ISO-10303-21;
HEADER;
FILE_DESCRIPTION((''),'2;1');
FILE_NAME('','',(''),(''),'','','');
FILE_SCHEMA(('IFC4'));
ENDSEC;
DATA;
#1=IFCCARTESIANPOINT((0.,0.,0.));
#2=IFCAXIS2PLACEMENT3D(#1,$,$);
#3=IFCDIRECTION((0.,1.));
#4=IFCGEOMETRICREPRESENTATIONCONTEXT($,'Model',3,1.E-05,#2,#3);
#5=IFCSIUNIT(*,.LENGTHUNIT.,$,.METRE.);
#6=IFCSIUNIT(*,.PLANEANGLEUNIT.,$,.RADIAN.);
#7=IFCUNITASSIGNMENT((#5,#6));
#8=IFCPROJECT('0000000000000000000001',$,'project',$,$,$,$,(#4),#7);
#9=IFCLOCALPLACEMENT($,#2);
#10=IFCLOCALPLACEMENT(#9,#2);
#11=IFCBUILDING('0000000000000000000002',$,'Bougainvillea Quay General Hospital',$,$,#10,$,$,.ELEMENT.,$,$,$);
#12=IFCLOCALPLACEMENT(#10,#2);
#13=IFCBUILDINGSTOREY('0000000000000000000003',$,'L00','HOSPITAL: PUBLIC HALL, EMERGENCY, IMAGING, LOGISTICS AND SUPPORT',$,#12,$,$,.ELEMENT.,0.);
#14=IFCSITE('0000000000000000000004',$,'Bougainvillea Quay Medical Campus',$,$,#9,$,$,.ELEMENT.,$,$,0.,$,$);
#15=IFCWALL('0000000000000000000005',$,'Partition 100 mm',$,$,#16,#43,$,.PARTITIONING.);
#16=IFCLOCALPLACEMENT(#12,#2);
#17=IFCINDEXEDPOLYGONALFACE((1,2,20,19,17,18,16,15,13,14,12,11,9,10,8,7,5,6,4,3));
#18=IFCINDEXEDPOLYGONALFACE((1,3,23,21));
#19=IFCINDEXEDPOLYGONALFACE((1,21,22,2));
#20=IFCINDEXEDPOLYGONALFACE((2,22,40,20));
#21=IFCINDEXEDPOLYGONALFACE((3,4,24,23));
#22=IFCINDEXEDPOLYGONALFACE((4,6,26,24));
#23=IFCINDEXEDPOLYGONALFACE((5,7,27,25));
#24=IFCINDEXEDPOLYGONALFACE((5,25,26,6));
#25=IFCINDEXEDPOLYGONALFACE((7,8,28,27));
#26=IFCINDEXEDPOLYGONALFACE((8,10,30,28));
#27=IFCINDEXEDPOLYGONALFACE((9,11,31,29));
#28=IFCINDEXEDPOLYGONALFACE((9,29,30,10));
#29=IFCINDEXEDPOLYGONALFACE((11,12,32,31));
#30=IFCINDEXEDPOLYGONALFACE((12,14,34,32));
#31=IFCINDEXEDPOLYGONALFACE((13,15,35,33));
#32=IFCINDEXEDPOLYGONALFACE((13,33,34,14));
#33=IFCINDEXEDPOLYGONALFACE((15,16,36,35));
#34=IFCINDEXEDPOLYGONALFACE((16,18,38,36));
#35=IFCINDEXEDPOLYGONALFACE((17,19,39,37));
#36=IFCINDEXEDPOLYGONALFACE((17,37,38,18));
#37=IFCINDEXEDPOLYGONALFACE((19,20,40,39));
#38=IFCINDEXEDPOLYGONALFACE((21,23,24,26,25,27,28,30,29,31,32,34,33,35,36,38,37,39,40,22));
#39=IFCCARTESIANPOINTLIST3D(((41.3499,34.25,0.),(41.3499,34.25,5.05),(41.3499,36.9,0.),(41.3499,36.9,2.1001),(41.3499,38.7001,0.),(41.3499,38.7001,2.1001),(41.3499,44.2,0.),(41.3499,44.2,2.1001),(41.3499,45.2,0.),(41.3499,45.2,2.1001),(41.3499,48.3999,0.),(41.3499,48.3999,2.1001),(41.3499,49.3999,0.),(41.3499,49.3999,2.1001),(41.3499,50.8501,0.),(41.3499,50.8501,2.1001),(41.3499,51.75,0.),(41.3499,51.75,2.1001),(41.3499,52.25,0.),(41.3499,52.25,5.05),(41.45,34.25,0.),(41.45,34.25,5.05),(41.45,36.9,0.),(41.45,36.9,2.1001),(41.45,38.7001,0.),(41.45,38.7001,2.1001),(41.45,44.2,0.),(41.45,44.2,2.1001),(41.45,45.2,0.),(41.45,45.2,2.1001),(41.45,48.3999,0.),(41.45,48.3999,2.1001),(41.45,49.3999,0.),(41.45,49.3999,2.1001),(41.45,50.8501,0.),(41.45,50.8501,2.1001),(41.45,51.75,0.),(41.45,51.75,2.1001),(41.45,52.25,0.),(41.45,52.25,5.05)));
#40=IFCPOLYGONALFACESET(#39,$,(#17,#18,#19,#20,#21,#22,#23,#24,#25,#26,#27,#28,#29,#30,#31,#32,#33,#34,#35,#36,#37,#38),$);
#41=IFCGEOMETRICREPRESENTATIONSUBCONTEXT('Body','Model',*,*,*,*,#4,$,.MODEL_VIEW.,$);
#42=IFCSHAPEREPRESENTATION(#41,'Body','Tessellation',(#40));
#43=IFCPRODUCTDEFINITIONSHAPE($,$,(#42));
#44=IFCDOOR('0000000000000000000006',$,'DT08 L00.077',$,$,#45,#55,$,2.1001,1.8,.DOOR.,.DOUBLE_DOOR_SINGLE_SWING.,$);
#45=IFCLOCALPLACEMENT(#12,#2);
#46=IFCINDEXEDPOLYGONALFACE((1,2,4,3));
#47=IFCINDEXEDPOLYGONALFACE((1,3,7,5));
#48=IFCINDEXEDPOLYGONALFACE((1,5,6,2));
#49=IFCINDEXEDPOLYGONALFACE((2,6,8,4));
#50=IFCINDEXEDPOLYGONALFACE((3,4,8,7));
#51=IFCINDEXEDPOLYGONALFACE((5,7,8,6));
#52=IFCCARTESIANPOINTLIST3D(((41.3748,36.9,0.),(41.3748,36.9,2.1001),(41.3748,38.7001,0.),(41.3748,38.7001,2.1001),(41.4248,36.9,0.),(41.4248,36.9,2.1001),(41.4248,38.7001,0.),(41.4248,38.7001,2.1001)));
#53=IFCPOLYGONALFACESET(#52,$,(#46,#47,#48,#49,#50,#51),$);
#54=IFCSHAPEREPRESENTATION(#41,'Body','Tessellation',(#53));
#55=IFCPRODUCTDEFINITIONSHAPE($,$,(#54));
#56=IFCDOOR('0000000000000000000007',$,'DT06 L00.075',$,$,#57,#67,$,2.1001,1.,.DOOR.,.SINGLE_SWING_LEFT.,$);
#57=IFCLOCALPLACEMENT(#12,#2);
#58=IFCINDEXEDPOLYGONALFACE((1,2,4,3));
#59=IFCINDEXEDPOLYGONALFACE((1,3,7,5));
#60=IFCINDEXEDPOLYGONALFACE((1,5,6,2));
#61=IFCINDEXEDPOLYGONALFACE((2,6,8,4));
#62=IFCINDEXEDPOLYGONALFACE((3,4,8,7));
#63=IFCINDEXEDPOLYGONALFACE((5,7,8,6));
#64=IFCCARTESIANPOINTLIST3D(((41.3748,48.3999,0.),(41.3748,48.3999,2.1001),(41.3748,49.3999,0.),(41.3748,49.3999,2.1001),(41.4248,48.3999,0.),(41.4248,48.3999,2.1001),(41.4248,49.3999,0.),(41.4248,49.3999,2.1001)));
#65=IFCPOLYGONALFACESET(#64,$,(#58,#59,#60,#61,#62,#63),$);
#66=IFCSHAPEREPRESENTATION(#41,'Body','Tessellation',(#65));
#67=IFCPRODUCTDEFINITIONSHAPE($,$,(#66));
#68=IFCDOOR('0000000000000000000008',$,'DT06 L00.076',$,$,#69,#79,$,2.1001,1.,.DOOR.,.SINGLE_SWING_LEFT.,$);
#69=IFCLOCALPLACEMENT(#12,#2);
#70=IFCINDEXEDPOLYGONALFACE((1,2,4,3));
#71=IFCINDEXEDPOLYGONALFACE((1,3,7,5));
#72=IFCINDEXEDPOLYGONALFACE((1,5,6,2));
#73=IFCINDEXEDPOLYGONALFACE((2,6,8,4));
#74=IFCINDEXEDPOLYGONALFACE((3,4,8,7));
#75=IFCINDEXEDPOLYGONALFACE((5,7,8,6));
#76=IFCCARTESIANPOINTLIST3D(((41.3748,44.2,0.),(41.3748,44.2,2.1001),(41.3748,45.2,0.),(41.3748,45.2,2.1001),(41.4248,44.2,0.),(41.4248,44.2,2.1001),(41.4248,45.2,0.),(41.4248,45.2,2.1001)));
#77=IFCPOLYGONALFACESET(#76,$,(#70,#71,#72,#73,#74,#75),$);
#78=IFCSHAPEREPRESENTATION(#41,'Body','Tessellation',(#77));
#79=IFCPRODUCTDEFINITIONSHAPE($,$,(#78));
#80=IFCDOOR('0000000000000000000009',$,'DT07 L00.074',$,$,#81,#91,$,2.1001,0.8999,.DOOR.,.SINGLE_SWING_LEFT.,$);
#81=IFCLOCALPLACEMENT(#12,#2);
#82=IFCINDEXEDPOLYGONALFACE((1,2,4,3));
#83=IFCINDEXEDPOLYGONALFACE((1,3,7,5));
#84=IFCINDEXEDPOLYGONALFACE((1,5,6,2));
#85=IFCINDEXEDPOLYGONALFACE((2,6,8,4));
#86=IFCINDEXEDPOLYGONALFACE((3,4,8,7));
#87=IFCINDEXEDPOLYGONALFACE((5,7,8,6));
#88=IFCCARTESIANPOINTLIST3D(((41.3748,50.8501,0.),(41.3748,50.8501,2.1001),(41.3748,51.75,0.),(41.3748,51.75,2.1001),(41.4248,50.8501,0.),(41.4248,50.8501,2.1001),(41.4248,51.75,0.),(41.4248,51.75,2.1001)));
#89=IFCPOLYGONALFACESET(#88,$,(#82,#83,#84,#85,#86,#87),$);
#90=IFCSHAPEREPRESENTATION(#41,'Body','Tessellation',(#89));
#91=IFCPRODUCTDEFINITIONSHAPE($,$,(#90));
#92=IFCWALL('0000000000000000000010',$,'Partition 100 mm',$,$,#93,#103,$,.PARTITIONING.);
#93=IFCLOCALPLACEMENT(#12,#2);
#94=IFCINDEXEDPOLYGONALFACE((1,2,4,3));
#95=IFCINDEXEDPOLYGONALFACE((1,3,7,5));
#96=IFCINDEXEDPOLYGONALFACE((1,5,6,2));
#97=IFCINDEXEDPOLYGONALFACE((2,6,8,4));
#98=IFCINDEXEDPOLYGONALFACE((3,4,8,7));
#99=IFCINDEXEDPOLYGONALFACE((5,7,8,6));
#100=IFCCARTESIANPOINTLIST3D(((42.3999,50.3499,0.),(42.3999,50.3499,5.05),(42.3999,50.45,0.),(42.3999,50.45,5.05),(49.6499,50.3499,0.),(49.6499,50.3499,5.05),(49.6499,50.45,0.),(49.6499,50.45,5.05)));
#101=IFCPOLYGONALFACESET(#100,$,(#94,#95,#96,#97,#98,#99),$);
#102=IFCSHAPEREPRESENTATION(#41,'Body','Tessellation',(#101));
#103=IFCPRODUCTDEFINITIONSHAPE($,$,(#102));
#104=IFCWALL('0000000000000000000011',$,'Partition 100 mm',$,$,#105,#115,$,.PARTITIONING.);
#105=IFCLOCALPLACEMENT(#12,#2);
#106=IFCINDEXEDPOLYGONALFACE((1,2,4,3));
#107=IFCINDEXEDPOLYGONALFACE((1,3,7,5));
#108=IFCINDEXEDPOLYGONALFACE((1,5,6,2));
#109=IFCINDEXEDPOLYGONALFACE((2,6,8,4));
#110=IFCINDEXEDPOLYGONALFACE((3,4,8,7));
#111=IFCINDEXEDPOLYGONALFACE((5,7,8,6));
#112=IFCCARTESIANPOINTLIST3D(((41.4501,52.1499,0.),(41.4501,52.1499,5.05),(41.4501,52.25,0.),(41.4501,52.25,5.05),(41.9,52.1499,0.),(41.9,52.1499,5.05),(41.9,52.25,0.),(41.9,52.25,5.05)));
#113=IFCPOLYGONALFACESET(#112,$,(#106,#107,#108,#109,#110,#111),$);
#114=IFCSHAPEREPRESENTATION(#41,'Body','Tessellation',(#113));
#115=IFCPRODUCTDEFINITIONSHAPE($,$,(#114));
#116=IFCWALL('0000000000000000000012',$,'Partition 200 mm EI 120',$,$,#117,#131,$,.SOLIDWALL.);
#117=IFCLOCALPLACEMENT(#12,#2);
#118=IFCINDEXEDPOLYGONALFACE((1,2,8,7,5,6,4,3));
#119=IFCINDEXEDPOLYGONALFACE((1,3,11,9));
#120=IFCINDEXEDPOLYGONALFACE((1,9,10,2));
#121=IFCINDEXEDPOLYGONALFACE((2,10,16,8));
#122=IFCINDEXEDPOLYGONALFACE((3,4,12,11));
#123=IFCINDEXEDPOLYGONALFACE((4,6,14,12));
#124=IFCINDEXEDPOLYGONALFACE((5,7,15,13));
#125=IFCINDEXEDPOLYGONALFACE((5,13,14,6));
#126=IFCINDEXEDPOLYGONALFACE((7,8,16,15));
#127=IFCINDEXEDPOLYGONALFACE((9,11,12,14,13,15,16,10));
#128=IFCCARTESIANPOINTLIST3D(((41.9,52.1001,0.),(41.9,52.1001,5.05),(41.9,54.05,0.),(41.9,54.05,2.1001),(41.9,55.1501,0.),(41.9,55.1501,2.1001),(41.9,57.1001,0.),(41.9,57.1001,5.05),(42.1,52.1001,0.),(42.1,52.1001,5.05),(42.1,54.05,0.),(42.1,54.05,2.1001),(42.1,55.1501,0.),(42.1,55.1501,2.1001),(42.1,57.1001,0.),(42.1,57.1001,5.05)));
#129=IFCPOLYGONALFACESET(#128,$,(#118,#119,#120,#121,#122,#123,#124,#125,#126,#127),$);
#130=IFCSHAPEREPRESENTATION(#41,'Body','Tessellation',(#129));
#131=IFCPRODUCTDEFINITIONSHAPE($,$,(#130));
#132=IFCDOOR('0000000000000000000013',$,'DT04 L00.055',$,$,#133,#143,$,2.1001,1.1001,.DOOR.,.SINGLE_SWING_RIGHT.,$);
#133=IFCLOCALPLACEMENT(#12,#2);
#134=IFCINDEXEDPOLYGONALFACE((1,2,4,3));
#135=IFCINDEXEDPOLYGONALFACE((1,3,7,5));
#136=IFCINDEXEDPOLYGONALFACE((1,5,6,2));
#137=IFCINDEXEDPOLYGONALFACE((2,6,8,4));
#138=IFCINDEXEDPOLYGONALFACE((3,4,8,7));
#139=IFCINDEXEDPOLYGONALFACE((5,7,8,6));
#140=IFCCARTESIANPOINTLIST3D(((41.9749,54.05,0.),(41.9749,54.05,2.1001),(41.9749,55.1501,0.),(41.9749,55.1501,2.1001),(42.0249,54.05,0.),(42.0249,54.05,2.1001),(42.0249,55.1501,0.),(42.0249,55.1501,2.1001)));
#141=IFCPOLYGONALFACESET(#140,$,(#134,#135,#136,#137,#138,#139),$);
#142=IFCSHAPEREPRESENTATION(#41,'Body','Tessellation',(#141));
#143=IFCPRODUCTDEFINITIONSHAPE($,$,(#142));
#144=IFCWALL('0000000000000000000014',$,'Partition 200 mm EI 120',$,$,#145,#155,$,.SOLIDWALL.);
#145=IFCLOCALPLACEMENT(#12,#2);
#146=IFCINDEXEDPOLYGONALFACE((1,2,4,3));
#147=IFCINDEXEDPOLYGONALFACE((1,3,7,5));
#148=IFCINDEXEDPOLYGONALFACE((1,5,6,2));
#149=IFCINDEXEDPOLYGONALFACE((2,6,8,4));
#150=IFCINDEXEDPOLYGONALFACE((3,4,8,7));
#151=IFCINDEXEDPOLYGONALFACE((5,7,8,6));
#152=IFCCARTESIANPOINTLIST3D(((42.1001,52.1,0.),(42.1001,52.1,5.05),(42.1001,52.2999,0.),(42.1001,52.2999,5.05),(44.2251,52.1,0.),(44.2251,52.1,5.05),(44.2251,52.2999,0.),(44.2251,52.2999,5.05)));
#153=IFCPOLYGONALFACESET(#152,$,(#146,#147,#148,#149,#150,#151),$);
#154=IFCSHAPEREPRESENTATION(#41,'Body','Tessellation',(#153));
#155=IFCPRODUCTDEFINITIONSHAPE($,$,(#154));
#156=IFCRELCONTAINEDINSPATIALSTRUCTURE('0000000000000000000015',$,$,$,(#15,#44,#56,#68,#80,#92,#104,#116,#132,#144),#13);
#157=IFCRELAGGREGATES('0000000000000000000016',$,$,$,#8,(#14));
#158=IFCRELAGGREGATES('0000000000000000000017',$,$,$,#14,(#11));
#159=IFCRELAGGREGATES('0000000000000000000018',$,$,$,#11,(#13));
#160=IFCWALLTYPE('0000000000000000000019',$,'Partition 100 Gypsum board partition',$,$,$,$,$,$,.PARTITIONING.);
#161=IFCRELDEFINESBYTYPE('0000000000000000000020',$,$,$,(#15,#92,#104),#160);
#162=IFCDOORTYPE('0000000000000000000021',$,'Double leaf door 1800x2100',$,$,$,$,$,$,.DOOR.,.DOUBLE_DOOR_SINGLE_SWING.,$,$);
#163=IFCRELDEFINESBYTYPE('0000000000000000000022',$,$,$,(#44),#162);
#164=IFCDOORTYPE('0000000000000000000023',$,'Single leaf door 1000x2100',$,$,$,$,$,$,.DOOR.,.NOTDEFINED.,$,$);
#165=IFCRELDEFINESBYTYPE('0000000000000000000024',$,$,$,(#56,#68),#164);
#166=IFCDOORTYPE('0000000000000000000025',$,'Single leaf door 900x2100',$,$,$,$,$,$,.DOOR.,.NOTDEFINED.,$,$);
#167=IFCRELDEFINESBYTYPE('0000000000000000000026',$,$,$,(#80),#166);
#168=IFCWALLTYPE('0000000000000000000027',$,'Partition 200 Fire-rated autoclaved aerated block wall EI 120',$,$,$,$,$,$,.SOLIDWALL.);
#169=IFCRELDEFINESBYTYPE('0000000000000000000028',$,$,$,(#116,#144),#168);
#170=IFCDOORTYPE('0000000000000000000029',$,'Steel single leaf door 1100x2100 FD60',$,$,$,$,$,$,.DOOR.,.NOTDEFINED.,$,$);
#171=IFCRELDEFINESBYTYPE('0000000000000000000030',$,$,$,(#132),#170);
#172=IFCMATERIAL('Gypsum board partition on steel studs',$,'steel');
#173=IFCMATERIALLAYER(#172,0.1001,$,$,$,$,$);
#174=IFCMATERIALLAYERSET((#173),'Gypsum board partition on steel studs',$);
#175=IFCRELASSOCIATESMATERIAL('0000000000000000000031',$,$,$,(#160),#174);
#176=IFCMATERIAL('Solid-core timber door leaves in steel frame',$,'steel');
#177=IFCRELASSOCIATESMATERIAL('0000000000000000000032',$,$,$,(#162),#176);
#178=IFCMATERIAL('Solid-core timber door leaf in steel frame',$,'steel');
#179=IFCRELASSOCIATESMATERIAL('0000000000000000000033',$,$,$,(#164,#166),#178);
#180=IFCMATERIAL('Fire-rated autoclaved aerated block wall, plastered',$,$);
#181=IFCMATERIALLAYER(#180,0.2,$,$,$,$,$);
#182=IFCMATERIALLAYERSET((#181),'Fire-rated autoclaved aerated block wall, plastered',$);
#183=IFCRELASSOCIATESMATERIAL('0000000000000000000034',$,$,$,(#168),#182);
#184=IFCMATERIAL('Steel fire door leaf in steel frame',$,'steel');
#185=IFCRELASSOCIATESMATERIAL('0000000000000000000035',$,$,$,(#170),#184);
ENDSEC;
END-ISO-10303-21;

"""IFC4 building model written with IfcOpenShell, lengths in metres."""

from ifc_helpers import new_model, si_unit, direction, frame, frame_2d, origin, place, context, subcontext, project, spatial, rectangle, extrude, material, layer, layer_set, type_object, element, fill, save


model = new_model("IFC4")

# Units and contexts
model_context = context("Model", 3, precision=1e-05, world=origin(), true_north=direction((0.0, 1.0)))
body_context = subcontext(model_context, "Body", "Model", "MODEL_VIEW")
ifc_project = project(units=[si_unit("LENGTHUNIT", "METRE"), si_unit("PLANEANGLEUNIT", "RADIAN")], contexts=[model_context])

# Site, building, storey
site_placement = place(None, origin())
site = spatial("IfcSite", under=ifc_project, at=site_placement, Name="Bougainvillea Quay Medical Campus", CompositionType="ELEMENT", RefElevation=0.0)
building_placement = place(site_placement, origin())
building = spatial("IfcBuilding", under=site, at=building_placement, Name="Bougainvillea Quay General Hospital", CompositionType="ELEMENT")
storey_placement = place(building_placement, origin())
storey = spatial("IfcBuildingStorey", under=building, at=storey_placement, Name="L00", Description="HOSPITAL: PUBLIC HALL, EMERGENCY, IMAGING, LOGISTICS AND SUPPORT", CompositionType="ELEMENT", Elevation=0.0)

# Wall, openings, doors
ifc_material_1 = material(Name="Gypsum board partition on steel studs", Category="steel")
ifc_layer_1 = layer(ifc_material_1, 0.1001)
ifc_layer_set_1 = layer_set([ifc_layer_1], Name="Gypsum board partition on steel studs")
wall_type_1 = type_object("IfcWallType", Name="Partition 100 Gypsum board partition", PredefinedType="PARTITIONING", material=ifc_layer_set_1)
ifc_material_2 = material(Name="Solid-core timber door leaves in steel frame", Category="steel")
door_type_1 = type_object("IfcDoorType", Name="Double leaf door 1800x2100", OperationType="DOUBLE_DOOR_SINGLE_SWING", PredefinedType="DOOR", material=ifc_material_2)
ifc_material_3 = material(Name="Solid-core timber door leaf in steel frame", Category="steel")
door_type_2 = type_object("IfcDoorType", Name="Single leaf door 1000x2100", OperationType="NOTDEFINED", PredefinedType="DOOR", material=ifc_material_3)
wall_1_placement = place(storey_placement, frame((41.3999, 52.25, 0.0), z_axis=(0.0, 0.0, 1.0), x_axis=(0.0, -1.0, 0.0)))
wall_1 = element("IfcWall", 1, at=wall_1_placement, inside=storey, type_object=wall_type_1, Name="Partition 100 mm", PredefinedType="PARTITIONING", context=body_context, shape_type="SweptSolid", body=[
    extrude(rectangle(XDim=18.0, YDim=0.1001, at=frame_2d((9.0, 0.0))), origin(), (0.0, 0.0, 1.0), 5.05),
])
opening_1_placement = place(wall_1_placement, frame((0.5, 0.0, 0.0)))
opening_1 = element("IfcOpeningElement", 2, at=opening_1_placement, cuts=wall_1, PredefinedType="OPENING", context=body_context, shape_type="SweptSolid", body=[
    extrude(rectangle(XDim=0.8999, YDim=2.1001, at=frame_2d((0.45, 1.05))), frame((0.0, 0.0601, 0.0), z_axis=(0.0, -1.0, 0.0), x_axis=(1.0, 0.0, 0.0)), (0.0, 0.0, 1.0), 0.1201),
])
opening_2_placement = place(wall_1_placement, frame((2.8501, 0.0, 0.0)))
opening_2 = element("IfcOpeningElement", 3, at=opening_2_placement, cuts=wall_1, PredefinedType="OPENING", context=body_context, shape_type="SweptSolid", body=[
    extrude(rectangle(XDim=1.0, YDim=2.1001, at=frame_2d((0.5, 1.05))), frame((0.0, 0.0601, 0.0), z_axis=(0.0, -1.0, 0.0), x_axis=(1.0, 0.0, 0.0)), (0.0, 0.0, 1.0), 0.1201),
])
opening_3_placement = place(wall_1_placement, frame((7.05, 0.0, 0.0)))
opening_3 = element("IfcOpeningElement", 4, at=opening_3_placement, cuts=wall_1, PredefinedType="OPENING", context=body_context, shape_type="SweptSolid", body=[
    extrude(rectangle(XDim=1.0, YDim=2.1001, at=frame_2d((0.5, 1.05))), frame((0.0, 0.0601, 0.0), z_axis=(0.0, -1.0, 0.0), x_axis=(1.0, 0.0, 0.0)), (0.0, 0.0, 1.0), 0.1201),
])
opening_4_placement = place(wall_1_placement, frame((13.55, 0.0, 0.0)))
opening_4 = element("IfcOpeningElement", 5, at=opening_4_placement, cuts=wall_1, PredefinedType="OPENING", context=body_context, shape_type="SweptSolid", body=[
    extrude(rectangle(XDim=1.8, YDim=2.1001, at=frame_2d((0.8999, 1.05))), frame((0.0, 0.0601, 0.0), z_axis=(0.0, -1.0, 0.0), x_axis=(1.0, 0.0, 0.0)), (0.0, 0.0, 1.0), 0.1201),
])
door_1_placement = place(opening_4_placement, origin())
door_1 = element("IfcDoor", 6, at=door_1_placement, inside=storey, type_object=door_type_1, Name="DT08 L00.077", OperationType="DOUBLE_DOOR_SINGLE_SWING", OverallHeight=2.1001, OverallWidth=1.8, PredefinedType="DOOR", context=body_context, shape_type="SweptSolid", body=[
    extrude(rectangle(XDim=1.8, YDim=2.1001, at=frame_2d((0.8999, 1.05))), frame((0.0, 0.0249, 0.0), z_axis=(0.0, -1.0, 0.0), x_axis=(1.0, 0.0, 0.0)), (0.0, 0.0, 1.0), 0.05),
])
fill(opening_4, door_1)
door_2_placement = place(opening_2_placement, origin())
door_2 = element("IfcDoor", 7, at=door_2_placement, inside=storey, type_object=door_type_2, Name="DT06 L00.075", OperationType="SINGLE_SWING_LEFT", OverallHeight=2.1001, OverallWidth=1.0, PredefinedType="DOOR", context=body_context, shape_type="SweptSolid", body=[
    extrude(rectangle(XDim=1.0, YDim=2.1001, at=frame_2d((0.5, 1.05))), frame((0.0, 0.0249, 0.0), z_axis=(0.0, -1.0, 0.0), x_axis=(1.0, 0.0, 0.0)), (0.0, 0.0, 1.0), 0.05),
])
fill(opening_2, door_2)
door_3_placement = place(opening_3_placement, origin())
door_3 = element("IfcDoor", 8, at=door_3_placement, inside=storey, type_object=door_type_2, Name="DT06 L00.076", OperationType="SINGLE_SWING_LEFT", OverallHeight=2.1001, OverallWidth=1.0, PredefinedType="DOOR", context=body_context, shape_type="SweptSolid", body=[
    extrude(rectangle(XDim=1.0, YDim=2.1001, at=frame_2d((0.5, 1.05))), frame((0.0, 0.0249, 0.0), z_axis=(0.0, -1.0, 0.0), x_axis=(1.0, 0.0, 0.0)), (0.0, 0.0, 1.0), 0.05),
])
fill(opening_3, door_3)
door_type_3 = type_object("IfcDoorType", Name="Single leaf door 900x2100", OperationType="NOTDEFINED", PredefinedType="DOOR", material=ifc_material_3)
door_4_placement = place(opening_1_placement, origin())
door_4 = element("IfcDoor", 9, at=door_4_placement, inside=storey, type_object=door_type_3, Name="DT07 L00.074", OperationType="SINGLE_SWING_LEFT", OverallHeight=2.1001, OverallWidth=0.8999, PredefinedType="DOOR", context=body_context, shape_type="SweptSolid", body=[
    extrude(rectangle(XDim=0.8999, YDim=2.1001, at=frame_2d((0.45, 1.05))), frame((0.0, 0.0249, 0.0), z_axis=(0.0, -1.0, 0.0), x_axis=(1.0, 0.0, 0.0)), (0.0, 0.0, 1.0), 0.05),
])
fill(opening_1, door_4)

# Walls
wall_2_placement = place(storey_placement, frame((42.3999, 50.3999, 0.0), z_axis=(0.0, 0.0, 1.0), x_axis=(1.0, 0.0, 0.0)))
element("IfcWall", 10, at=wall_2_placement, inside=storey, type_object=wall_type_1, Name="Partition 100 mm", PredefinedType="PARTITIONING", context=body_context, shape_type="SweptSolid", body=[
    extrude(rectangle(XDim=7.25, YDim=0.1001, at=frame_2d((3.625, 0.0))), origin(), (0.0, 0.0, 1.0), 5.05),
])
wall_3_placement = place(storey_placement, frame((41.45, 52.2, 0.0), z_axis=(0.0, 0.0, 1.0), x_axis=(1.0, 0.0, 0.0)))
element("IfcWall", 11, at=wall_3_placement, inside=storey, type_object=wall_type_1, Name="Partition 100 mm", PredefinedType="PARTITIONING", context=body_context, shape_type="SweptSolid", body=[
    extrude(rectangle(XDim=0.45, YDim=0.1001, at=frame_2d((0.2251, 0.0))), origin(), (0.0, 0.0, 1.0), 5.05),
])

# Wall, opening, door
ifc_material_4 = material(Name="Fire-rated autoclaved aerated block wall, plastered")
ifc_layer_2 = layer(ifc_material_4, 0.2)
ifc_layer_set_2 = layer_set([ifc_layer_2], Name="Fire-rated autoclaved aerated block wall, plastered")
wall_type_2 = type_object("IfcWallType", Name="Partition 200 Fire-rated autoclaved aerated block wall EI 120", PredefinedType="SOLIDWALL", material=ifc_layer_set_2)
wall_4_placement = place(storey_placement, frame((42.0, 52.1001, 0.0), z_axis=(0.0, 0.0, 1.0), x_axis=(0.0, 1.0, 0.0)))
wall_4 = element("IfcWall", 12, at=wall_4_placement, inside=storey, type_object=wall_type_2, Name="Partition 200 mm EI 120", PredefinedType="SOLIDWALL", context=body_context, shape_type="SweptSolid", body=[
    extrude(rectangle(XDim=5.0, YDim=0.2, at=frame_2d((2.5, 0.0))), origin(), (0.0, 0.0, 1.0), 5.05),
])
opening_5_placement = place(wall_4_placement, frame((1.95, 0.0, 0.0)))
opening_5 = element("IfcOpeningElement", 13, at=opening_5_placement, cuts=wall_4, PredefinedType="OPENING", context=body_context, shape_type="SweptSolid", body=[
    extrude(rectangle(XDim=1.1001, YDim=2.1001, at=frame_2d((0.55, 1.05))), frame((0.0, 0.1099, 0.0), z_axis=(0.0, -1.0, 0.0), x_axis=(1.0, 0.0, 0.0)), (0.0, 0.0, 1.0), 0.22),
])
ifc_material_5 = material(Name="Steel fire door leaf in steel frame", Category="steel")
door_type_4 = type_object("IfcDoorType", Name="Steel single leaf door 1100x2100 FD60", OperationType="NOTDEFINED", PredefinedType="DOOR", material=ifc_material_5)
door_5_placement = place(opening_5_placement, frame((1.1001, 0.0, 0.0), z_axis=(0.0, 0.0, 1.0), x_axis=(-1.0, 0.0, 0.0)))
door_5 = element("IfcDoor", 14, at=door_5_placement, inside=storey, type_object=door_type_4, Name="DT04 L00.055", OperationType="SINGLE_SWING_RIGHT", OverallHeight=2.1001, OverallWidth=1.1001, PredefinedType="DOOR", context=body_context, shape_type="SweptSolid", body=[
    extrude(rectangle(XDim=1.1001, YDim=2.1001, at=frame_2d((0.55, 1.05))), frame((0.0, 0.0249, 0.0), z_axis=(0.0, -1.0, 0.0), x_axis=(1.0, 0.0, 0.0)), (0.0, 0.0, 1.0), 0.05),
])
fill(opening_5, door_5)

# Wall
wall_5_placement = place(storey_placement, frame((42.1001, 52.2, 0.0), z_axis=(0.0, 0.0, 1.0), x_axis=(1.0, 0.0, 0.0)))
element("IfcWall", 15, at=wall_5_placement, inside=storey, type_object=wall_type_2, Name="Partition 200 mm EI 120", PredefinedType="SOLIDWALL", context=body_context, shape_type="SweptSolid", body=[
    extrude(rectangle(XDim=2.125, YDim=0.2, at=frame_2d((1.0625, 0.0))), origin(), (0.0, 0.0, 1.0), 5.05),
])

save(model, "model.ifc")
